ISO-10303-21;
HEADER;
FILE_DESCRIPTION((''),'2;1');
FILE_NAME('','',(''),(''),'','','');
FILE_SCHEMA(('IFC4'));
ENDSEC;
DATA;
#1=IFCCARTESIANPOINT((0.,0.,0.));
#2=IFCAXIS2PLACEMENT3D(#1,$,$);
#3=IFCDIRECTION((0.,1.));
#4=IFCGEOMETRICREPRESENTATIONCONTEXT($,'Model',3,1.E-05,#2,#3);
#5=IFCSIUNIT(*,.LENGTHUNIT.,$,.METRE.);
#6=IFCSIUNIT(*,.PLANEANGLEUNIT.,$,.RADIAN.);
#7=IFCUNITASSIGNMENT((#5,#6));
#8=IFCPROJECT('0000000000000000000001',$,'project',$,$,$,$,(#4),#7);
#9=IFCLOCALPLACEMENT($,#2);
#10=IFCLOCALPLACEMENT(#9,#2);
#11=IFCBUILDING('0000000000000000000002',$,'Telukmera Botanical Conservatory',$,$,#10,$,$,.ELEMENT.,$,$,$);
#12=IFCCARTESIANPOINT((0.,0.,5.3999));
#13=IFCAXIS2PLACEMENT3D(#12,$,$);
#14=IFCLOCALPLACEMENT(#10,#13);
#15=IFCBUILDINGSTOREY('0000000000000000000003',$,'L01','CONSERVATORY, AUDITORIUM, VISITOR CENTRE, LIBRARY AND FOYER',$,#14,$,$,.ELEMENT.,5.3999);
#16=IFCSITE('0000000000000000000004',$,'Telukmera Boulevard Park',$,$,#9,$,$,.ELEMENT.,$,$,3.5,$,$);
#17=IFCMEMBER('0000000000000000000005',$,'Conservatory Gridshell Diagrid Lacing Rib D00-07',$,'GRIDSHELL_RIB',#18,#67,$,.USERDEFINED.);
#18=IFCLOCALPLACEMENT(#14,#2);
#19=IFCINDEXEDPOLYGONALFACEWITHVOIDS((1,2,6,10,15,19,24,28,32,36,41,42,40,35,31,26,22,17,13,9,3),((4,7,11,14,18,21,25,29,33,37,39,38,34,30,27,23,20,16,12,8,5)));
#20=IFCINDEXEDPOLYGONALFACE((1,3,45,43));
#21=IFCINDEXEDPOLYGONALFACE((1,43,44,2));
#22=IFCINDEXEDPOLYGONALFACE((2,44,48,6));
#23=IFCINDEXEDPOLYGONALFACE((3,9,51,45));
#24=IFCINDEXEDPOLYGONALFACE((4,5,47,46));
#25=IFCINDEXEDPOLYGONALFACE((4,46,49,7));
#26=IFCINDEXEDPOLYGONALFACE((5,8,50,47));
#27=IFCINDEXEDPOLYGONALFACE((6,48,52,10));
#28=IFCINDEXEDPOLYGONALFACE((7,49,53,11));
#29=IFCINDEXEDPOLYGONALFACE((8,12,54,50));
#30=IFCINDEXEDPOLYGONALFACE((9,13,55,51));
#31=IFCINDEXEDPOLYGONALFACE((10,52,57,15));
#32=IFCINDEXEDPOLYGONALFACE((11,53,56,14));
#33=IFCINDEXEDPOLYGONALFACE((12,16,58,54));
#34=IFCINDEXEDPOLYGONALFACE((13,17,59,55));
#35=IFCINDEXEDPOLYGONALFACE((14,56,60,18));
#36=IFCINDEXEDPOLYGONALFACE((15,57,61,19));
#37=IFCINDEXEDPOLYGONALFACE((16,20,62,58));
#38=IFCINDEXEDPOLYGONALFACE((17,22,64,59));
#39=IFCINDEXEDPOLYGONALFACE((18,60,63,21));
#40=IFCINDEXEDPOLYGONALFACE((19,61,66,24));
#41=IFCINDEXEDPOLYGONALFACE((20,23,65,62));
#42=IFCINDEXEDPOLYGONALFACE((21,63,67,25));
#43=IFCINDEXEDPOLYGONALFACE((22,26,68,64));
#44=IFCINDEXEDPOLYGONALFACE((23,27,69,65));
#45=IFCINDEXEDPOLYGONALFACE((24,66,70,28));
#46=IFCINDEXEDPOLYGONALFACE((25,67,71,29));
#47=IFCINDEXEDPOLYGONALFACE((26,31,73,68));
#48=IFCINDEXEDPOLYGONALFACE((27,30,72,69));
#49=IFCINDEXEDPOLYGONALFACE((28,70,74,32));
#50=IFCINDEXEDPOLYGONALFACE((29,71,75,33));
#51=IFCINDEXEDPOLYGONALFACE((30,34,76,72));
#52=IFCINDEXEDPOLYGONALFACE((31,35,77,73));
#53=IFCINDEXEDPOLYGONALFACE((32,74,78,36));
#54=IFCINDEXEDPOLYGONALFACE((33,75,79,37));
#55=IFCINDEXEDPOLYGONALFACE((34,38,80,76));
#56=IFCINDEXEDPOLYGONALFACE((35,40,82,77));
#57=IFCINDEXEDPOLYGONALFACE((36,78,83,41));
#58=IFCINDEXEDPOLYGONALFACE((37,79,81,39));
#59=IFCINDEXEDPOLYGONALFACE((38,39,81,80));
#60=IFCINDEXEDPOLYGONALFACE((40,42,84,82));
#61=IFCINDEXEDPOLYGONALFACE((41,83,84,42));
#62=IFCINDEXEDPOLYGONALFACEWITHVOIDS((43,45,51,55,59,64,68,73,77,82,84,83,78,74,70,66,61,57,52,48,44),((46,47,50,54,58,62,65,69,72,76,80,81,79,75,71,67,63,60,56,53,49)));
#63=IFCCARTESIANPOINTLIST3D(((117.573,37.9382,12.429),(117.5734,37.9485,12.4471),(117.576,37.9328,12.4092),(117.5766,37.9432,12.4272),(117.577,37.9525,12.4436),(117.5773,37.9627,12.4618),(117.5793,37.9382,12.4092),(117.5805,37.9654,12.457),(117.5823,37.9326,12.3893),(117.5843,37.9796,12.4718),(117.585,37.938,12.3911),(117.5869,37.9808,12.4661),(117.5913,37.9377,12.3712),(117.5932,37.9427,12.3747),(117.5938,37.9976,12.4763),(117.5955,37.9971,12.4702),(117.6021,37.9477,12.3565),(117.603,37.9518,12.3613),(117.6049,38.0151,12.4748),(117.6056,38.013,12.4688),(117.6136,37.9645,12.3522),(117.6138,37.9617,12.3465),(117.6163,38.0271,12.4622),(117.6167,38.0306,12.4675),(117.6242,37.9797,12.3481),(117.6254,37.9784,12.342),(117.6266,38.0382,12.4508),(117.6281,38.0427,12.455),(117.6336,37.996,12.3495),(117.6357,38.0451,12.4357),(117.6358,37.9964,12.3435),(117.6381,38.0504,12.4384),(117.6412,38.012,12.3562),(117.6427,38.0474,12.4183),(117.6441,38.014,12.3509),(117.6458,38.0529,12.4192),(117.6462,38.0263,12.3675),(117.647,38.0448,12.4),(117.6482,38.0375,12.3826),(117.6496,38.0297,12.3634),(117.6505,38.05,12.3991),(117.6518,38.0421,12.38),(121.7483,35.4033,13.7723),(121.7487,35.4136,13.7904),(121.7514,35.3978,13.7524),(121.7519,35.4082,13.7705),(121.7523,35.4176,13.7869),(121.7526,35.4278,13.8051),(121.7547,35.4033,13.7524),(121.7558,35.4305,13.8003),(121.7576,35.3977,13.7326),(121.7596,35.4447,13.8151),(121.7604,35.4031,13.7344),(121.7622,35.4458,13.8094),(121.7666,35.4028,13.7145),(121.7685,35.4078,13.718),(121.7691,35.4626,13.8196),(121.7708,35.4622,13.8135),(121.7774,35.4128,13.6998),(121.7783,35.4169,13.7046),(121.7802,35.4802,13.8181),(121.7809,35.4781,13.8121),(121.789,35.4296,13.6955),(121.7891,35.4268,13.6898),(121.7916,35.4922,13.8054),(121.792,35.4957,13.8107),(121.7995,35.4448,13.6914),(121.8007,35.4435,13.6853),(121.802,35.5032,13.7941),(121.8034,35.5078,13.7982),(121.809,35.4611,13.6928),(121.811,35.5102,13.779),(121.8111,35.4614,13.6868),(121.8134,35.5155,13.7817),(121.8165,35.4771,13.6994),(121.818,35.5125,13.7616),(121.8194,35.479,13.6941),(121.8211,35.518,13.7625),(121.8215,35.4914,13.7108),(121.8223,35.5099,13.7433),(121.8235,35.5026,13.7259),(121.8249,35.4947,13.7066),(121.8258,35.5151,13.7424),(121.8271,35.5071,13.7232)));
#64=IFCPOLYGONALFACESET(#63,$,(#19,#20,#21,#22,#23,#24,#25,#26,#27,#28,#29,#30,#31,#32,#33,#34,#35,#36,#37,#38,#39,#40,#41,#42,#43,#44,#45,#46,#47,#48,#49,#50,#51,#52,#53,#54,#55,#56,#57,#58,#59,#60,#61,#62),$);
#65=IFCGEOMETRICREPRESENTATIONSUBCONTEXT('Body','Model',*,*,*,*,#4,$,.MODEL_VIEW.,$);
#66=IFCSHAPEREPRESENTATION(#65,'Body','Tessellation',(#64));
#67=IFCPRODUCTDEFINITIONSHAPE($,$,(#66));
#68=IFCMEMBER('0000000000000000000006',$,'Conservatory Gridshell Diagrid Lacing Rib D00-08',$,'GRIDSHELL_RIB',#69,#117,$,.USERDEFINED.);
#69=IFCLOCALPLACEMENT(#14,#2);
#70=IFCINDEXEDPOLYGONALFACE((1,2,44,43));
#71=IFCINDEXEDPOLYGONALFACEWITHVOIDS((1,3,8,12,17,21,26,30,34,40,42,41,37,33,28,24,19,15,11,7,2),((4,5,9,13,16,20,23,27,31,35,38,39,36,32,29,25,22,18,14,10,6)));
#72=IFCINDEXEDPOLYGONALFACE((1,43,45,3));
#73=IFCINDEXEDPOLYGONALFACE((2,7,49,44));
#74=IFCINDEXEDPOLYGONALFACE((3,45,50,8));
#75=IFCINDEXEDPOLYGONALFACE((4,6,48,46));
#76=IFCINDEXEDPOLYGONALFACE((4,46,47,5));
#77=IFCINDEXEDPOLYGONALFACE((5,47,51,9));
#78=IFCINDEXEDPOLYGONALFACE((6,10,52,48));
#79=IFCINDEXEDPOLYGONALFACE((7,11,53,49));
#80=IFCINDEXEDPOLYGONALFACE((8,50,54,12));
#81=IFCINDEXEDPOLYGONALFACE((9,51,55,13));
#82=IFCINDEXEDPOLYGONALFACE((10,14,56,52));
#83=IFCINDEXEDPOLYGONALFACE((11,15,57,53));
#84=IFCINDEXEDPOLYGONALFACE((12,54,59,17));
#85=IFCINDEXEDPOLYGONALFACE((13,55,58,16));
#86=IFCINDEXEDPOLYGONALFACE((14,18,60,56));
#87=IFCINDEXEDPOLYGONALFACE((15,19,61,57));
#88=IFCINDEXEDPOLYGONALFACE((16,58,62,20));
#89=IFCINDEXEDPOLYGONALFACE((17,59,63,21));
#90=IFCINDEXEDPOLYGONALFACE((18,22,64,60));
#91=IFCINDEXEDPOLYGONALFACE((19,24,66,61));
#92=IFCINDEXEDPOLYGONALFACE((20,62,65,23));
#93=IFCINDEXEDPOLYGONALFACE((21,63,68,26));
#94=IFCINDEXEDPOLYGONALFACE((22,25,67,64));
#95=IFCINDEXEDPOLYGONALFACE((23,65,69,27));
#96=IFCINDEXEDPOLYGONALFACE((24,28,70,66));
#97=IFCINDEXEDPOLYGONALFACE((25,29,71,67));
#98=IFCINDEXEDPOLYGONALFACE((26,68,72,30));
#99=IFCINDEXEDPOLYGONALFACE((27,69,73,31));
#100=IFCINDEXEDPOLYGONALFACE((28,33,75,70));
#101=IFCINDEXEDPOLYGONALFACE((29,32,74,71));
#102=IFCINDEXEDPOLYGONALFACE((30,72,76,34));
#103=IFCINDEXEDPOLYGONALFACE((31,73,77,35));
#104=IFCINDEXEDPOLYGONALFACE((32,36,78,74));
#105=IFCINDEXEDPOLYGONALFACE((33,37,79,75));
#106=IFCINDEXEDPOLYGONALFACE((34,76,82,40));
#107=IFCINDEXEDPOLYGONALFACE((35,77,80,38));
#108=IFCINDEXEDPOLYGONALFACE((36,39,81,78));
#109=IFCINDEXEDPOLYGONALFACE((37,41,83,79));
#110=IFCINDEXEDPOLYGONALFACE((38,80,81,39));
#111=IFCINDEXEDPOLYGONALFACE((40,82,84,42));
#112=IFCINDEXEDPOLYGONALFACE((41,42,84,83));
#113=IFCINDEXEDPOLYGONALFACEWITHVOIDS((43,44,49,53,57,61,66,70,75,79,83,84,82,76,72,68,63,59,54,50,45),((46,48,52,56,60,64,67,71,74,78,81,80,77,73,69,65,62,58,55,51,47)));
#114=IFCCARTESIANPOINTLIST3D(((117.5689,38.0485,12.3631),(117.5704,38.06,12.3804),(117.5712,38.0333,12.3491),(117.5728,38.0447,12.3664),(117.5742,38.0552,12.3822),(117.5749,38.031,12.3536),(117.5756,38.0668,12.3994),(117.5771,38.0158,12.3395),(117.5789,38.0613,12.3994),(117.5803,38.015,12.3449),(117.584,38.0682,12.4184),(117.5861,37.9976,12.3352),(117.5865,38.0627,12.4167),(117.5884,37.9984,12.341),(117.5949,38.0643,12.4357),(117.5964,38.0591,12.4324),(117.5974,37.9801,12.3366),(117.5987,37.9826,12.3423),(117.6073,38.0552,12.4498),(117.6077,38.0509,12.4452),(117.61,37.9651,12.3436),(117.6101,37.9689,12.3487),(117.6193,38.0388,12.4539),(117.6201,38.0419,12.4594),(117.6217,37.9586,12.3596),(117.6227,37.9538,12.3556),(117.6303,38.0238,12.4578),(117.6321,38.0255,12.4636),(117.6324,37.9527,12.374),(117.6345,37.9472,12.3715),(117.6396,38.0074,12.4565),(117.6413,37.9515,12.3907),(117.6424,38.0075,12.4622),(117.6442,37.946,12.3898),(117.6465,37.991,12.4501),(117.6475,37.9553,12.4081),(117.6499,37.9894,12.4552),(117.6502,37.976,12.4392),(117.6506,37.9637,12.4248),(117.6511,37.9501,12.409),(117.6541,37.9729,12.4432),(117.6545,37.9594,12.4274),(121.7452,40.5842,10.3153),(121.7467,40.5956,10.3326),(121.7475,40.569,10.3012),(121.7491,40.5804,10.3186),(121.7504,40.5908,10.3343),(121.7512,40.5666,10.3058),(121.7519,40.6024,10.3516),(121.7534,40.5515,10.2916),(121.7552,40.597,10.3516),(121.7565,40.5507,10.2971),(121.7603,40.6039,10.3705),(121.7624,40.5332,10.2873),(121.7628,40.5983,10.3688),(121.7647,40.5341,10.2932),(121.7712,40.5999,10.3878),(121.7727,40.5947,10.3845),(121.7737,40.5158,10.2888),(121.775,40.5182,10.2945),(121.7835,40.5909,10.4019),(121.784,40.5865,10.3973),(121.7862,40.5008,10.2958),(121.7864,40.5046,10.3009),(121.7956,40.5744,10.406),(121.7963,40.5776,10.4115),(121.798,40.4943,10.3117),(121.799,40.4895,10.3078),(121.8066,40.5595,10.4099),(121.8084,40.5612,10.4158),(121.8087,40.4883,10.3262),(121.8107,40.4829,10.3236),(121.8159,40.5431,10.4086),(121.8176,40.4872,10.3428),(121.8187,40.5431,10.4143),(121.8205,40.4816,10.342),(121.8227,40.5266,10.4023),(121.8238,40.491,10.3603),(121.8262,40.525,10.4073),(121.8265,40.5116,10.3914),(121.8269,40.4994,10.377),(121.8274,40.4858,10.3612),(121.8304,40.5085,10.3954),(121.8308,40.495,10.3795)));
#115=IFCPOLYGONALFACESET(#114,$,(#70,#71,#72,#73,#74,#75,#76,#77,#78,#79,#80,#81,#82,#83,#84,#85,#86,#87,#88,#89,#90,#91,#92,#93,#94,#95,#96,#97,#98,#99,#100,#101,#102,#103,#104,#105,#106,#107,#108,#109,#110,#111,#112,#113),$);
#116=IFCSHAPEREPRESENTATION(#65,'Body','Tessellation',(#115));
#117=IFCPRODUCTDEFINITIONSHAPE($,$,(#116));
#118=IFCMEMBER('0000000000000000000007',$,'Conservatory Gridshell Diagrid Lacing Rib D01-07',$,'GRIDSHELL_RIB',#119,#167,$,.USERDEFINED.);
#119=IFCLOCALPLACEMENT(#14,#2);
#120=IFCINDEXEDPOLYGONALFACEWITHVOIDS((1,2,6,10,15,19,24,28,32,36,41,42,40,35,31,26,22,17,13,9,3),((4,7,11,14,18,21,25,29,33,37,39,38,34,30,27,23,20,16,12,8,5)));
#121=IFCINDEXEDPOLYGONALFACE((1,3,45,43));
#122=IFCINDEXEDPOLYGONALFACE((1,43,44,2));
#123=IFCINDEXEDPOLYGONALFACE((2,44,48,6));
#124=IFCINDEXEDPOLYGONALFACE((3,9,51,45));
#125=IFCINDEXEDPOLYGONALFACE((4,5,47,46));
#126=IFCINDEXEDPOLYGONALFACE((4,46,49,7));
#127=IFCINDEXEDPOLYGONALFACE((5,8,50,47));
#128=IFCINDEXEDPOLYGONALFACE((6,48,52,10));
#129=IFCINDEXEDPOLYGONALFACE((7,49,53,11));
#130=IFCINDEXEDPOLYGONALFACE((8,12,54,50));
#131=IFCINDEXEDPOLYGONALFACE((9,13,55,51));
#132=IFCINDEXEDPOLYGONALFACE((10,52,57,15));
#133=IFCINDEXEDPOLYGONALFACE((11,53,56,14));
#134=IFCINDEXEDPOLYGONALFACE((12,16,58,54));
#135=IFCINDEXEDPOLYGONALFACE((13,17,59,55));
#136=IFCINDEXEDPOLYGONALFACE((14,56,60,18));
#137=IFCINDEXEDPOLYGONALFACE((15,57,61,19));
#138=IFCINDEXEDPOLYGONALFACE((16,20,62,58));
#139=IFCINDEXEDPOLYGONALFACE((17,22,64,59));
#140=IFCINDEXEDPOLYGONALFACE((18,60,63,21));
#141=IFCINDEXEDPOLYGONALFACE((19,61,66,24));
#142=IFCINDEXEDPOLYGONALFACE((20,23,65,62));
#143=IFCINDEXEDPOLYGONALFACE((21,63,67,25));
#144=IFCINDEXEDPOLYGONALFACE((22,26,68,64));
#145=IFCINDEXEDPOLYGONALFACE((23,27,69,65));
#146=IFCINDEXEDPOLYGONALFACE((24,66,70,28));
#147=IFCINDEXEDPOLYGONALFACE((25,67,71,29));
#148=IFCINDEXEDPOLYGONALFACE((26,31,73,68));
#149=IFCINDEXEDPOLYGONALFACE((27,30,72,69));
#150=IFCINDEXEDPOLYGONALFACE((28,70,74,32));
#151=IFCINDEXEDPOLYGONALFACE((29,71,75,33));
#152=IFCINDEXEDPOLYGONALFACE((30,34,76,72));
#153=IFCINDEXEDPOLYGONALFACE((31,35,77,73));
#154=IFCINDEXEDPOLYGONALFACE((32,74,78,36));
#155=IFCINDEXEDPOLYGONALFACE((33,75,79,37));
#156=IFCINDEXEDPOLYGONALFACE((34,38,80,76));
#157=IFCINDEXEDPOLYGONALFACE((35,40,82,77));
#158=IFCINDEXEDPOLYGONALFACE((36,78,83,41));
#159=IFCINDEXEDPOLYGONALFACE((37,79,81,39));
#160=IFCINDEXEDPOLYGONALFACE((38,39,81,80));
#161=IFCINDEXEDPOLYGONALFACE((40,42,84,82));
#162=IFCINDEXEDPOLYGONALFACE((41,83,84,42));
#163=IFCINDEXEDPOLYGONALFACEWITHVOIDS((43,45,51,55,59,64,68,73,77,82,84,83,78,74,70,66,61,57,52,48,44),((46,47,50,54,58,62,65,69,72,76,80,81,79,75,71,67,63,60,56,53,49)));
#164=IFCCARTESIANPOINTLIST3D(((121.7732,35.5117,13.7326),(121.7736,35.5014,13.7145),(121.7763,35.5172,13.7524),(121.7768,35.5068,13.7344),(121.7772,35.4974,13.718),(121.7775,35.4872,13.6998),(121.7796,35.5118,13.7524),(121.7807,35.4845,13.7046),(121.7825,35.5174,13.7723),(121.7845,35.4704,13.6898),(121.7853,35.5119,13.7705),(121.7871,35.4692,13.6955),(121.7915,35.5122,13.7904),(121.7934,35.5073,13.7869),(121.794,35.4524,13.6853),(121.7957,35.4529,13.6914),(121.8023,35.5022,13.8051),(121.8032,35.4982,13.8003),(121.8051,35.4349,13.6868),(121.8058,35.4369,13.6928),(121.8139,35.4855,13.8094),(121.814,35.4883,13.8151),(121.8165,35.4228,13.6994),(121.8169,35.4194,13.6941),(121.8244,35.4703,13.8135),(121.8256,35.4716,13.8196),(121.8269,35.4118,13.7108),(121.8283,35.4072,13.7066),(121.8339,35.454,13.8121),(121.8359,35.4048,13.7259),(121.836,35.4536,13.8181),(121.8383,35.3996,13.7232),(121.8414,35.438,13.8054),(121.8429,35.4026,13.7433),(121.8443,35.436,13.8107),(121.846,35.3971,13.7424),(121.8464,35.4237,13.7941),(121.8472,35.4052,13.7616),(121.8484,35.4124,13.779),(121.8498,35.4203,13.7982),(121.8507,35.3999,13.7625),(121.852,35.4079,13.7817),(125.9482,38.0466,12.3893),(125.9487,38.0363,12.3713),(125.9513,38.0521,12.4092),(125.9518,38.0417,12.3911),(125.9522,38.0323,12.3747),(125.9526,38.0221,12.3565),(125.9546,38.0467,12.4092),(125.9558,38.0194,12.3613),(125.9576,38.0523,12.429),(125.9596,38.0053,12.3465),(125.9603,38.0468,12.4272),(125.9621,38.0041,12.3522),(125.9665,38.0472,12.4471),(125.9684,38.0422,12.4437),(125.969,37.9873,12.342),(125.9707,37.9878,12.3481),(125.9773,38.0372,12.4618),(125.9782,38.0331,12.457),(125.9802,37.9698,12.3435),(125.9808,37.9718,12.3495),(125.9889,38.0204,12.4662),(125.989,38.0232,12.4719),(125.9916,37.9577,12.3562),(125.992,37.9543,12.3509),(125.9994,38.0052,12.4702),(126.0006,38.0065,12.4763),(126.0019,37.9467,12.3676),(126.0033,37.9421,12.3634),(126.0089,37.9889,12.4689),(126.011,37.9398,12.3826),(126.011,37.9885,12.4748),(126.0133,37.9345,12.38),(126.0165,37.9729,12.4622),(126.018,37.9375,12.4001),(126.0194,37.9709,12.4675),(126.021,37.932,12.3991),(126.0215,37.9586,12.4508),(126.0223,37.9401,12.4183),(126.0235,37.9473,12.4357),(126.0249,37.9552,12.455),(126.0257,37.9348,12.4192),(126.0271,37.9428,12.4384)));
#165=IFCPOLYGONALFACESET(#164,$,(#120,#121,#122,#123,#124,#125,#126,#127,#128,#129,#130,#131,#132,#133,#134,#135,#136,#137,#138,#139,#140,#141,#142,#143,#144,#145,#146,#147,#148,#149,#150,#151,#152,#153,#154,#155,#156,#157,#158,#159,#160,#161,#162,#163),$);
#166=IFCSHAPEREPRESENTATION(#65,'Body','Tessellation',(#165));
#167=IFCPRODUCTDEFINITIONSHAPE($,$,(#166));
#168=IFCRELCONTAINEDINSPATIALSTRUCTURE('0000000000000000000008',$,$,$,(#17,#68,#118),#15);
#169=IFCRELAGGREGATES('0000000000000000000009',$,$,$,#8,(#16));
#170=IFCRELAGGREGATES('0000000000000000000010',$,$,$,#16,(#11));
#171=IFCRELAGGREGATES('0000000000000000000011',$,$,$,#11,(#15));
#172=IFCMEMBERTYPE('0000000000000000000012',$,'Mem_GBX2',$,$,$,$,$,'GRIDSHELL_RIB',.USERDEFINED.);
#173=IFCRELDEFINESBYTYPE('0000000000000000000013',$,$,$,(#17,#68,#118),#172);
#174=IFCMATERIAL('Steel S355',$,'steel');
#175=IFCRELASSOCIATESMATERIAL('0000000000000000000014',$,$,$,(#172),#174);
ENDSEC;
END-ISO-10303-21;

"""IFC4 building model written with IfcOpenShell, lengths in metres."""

from ifc_helpers import new_model, si_unit, direction, frame, origin, origin_2d, place, context, subcontext, project, spatial, hollow_circle, extrude, material, material_profile, profile_set, type_object, element, save


model = new_model("IFC4")

# Units and contexts
model_context = context("Model", 3, precision=1e-05, world=origin(), true_north=direction((0.0, 1.0)))
body_context = subcontext(model_context, "Body", "Model", "MODEL_VIEW")
ifc_project = project(units=[si_unit("LENGTHUNIT", "METRE"), si_unit("PLANEANGLEUNIT", "RADIAN")], contexts=[model_context])

# Site, building, storey
site_placement = place(None, origin())
site = spatial("IfcSite", under=ifc_project, at=site_placement, Name="Telukmera Boulevard Park", CompositionType="ELEMENT", RefElevation=3.5)
building_placement = place(site_placement, origin())
building = spatial("IfcBuilding", under=site, at=building_placement, Name="Telukmera Botanical Conservatory", CompositionType="ELEMENT")
storey_placement = place(building_placement, frame((0.0, 0.0, 5.3999)))
storey = spatial("IfcBuildingStorey", under=building, at=storey_placement, Name="L01", Description="CONSERVATORY, AUDITORIUM, VISITOR CENTRE, LIBRARY AND FOYER", CompositionType="ELEMENT", Elevation=5.3999)

# Shared definitions
ifc_material = material(Name="Steel S355", Category="steel")

# Members
ifc_material_profile_1 = material_profile(ifc_material, hollow_circle(Radius=0.0698, WallThickness=0.0063, at=origin_2d()), Name="CHS 139.7x6.3")
ifc_profile_set_1 = profile_set([ifc_material_profile_1], Name="Steel S355")
member_type_1 = type_object("IfcMemberType", Name="Mem_GBX2", ElementType="GRIDSHELL_RIB", PredefinedType="USERDEFINED", material=ifc_profile_set_1)
member_1_placement = place(storey_placement, frame((121.7876, 35.4575, 13.7524), z_axis=(-0.824198, 0.500389, -0.265158), x_axis=(-0.518965, -0.854795, 0.0)))
element("IfcMember", 1, at=member_1_placement, inside=storey, type_object=member_type_1, Name="Conservatory Gridshell Diagrid Lacing Rib D00-07", ObjectType="GRIDSHELL_RIB", PredefinedType="USERDEFINED", context=body_context, shape_type="SweptSolid", body=[
    extrude(hollow_circle(Radius=0.0698, WallThickness=0.0063, at=origin_2d()), origin(), (0.0, 0.0, 1.0), 5.0659),
])
member_2_placement = place(storey_placement, frame((117.6118, 38.0071, 12.3994), z_axis=(0.788334, 0.478642, -0.386563), x_axis=(-0.518986, 0.854783, 0.0)))
element("IfcMember", 2, at=member_2_placement, inside=storey, type_object=member_type_1, Name="Conservatory Gridshell Diagrid Lacing Rib D00-08", ObjectType="GRIDSHELL_RIB", PredefinedType="USERDEFINED", context=body_context, shape_type="SweptSolid", body=[
    extrude(hollow_circle(Radius=0.0698, WallThickness=0.0063, at=origin_2d()), origin(), (0.0, 0.0, 1.0), 5.2976),
])
member_3_placement = place(storey_placement, frame((121.8125, 35.4575, 13.7524), z_axis=(0.824182, 0.500409, -0.265169), x_axis=(-0.518987, 0.854782, 0.0)))
element("IfcMember", 3, at=member_3_placement, inside=storey, type_object=member_type_1, Name="Conservatory Gridshell Diagrid Lacing Rib D01-07", ObjectType="GRIDSHELL_RIB", PredefinedType="USERDEFINED", context=body_context, shape_type="SweptSolid", body=[
    extrude(hollow_circle(Radius=0.0698, WallThickness=0.0063, at=origin_2d()), origin(), (0.0, 0.0, 1.0), 5.0657),
])

save(model, "model.ifc")
